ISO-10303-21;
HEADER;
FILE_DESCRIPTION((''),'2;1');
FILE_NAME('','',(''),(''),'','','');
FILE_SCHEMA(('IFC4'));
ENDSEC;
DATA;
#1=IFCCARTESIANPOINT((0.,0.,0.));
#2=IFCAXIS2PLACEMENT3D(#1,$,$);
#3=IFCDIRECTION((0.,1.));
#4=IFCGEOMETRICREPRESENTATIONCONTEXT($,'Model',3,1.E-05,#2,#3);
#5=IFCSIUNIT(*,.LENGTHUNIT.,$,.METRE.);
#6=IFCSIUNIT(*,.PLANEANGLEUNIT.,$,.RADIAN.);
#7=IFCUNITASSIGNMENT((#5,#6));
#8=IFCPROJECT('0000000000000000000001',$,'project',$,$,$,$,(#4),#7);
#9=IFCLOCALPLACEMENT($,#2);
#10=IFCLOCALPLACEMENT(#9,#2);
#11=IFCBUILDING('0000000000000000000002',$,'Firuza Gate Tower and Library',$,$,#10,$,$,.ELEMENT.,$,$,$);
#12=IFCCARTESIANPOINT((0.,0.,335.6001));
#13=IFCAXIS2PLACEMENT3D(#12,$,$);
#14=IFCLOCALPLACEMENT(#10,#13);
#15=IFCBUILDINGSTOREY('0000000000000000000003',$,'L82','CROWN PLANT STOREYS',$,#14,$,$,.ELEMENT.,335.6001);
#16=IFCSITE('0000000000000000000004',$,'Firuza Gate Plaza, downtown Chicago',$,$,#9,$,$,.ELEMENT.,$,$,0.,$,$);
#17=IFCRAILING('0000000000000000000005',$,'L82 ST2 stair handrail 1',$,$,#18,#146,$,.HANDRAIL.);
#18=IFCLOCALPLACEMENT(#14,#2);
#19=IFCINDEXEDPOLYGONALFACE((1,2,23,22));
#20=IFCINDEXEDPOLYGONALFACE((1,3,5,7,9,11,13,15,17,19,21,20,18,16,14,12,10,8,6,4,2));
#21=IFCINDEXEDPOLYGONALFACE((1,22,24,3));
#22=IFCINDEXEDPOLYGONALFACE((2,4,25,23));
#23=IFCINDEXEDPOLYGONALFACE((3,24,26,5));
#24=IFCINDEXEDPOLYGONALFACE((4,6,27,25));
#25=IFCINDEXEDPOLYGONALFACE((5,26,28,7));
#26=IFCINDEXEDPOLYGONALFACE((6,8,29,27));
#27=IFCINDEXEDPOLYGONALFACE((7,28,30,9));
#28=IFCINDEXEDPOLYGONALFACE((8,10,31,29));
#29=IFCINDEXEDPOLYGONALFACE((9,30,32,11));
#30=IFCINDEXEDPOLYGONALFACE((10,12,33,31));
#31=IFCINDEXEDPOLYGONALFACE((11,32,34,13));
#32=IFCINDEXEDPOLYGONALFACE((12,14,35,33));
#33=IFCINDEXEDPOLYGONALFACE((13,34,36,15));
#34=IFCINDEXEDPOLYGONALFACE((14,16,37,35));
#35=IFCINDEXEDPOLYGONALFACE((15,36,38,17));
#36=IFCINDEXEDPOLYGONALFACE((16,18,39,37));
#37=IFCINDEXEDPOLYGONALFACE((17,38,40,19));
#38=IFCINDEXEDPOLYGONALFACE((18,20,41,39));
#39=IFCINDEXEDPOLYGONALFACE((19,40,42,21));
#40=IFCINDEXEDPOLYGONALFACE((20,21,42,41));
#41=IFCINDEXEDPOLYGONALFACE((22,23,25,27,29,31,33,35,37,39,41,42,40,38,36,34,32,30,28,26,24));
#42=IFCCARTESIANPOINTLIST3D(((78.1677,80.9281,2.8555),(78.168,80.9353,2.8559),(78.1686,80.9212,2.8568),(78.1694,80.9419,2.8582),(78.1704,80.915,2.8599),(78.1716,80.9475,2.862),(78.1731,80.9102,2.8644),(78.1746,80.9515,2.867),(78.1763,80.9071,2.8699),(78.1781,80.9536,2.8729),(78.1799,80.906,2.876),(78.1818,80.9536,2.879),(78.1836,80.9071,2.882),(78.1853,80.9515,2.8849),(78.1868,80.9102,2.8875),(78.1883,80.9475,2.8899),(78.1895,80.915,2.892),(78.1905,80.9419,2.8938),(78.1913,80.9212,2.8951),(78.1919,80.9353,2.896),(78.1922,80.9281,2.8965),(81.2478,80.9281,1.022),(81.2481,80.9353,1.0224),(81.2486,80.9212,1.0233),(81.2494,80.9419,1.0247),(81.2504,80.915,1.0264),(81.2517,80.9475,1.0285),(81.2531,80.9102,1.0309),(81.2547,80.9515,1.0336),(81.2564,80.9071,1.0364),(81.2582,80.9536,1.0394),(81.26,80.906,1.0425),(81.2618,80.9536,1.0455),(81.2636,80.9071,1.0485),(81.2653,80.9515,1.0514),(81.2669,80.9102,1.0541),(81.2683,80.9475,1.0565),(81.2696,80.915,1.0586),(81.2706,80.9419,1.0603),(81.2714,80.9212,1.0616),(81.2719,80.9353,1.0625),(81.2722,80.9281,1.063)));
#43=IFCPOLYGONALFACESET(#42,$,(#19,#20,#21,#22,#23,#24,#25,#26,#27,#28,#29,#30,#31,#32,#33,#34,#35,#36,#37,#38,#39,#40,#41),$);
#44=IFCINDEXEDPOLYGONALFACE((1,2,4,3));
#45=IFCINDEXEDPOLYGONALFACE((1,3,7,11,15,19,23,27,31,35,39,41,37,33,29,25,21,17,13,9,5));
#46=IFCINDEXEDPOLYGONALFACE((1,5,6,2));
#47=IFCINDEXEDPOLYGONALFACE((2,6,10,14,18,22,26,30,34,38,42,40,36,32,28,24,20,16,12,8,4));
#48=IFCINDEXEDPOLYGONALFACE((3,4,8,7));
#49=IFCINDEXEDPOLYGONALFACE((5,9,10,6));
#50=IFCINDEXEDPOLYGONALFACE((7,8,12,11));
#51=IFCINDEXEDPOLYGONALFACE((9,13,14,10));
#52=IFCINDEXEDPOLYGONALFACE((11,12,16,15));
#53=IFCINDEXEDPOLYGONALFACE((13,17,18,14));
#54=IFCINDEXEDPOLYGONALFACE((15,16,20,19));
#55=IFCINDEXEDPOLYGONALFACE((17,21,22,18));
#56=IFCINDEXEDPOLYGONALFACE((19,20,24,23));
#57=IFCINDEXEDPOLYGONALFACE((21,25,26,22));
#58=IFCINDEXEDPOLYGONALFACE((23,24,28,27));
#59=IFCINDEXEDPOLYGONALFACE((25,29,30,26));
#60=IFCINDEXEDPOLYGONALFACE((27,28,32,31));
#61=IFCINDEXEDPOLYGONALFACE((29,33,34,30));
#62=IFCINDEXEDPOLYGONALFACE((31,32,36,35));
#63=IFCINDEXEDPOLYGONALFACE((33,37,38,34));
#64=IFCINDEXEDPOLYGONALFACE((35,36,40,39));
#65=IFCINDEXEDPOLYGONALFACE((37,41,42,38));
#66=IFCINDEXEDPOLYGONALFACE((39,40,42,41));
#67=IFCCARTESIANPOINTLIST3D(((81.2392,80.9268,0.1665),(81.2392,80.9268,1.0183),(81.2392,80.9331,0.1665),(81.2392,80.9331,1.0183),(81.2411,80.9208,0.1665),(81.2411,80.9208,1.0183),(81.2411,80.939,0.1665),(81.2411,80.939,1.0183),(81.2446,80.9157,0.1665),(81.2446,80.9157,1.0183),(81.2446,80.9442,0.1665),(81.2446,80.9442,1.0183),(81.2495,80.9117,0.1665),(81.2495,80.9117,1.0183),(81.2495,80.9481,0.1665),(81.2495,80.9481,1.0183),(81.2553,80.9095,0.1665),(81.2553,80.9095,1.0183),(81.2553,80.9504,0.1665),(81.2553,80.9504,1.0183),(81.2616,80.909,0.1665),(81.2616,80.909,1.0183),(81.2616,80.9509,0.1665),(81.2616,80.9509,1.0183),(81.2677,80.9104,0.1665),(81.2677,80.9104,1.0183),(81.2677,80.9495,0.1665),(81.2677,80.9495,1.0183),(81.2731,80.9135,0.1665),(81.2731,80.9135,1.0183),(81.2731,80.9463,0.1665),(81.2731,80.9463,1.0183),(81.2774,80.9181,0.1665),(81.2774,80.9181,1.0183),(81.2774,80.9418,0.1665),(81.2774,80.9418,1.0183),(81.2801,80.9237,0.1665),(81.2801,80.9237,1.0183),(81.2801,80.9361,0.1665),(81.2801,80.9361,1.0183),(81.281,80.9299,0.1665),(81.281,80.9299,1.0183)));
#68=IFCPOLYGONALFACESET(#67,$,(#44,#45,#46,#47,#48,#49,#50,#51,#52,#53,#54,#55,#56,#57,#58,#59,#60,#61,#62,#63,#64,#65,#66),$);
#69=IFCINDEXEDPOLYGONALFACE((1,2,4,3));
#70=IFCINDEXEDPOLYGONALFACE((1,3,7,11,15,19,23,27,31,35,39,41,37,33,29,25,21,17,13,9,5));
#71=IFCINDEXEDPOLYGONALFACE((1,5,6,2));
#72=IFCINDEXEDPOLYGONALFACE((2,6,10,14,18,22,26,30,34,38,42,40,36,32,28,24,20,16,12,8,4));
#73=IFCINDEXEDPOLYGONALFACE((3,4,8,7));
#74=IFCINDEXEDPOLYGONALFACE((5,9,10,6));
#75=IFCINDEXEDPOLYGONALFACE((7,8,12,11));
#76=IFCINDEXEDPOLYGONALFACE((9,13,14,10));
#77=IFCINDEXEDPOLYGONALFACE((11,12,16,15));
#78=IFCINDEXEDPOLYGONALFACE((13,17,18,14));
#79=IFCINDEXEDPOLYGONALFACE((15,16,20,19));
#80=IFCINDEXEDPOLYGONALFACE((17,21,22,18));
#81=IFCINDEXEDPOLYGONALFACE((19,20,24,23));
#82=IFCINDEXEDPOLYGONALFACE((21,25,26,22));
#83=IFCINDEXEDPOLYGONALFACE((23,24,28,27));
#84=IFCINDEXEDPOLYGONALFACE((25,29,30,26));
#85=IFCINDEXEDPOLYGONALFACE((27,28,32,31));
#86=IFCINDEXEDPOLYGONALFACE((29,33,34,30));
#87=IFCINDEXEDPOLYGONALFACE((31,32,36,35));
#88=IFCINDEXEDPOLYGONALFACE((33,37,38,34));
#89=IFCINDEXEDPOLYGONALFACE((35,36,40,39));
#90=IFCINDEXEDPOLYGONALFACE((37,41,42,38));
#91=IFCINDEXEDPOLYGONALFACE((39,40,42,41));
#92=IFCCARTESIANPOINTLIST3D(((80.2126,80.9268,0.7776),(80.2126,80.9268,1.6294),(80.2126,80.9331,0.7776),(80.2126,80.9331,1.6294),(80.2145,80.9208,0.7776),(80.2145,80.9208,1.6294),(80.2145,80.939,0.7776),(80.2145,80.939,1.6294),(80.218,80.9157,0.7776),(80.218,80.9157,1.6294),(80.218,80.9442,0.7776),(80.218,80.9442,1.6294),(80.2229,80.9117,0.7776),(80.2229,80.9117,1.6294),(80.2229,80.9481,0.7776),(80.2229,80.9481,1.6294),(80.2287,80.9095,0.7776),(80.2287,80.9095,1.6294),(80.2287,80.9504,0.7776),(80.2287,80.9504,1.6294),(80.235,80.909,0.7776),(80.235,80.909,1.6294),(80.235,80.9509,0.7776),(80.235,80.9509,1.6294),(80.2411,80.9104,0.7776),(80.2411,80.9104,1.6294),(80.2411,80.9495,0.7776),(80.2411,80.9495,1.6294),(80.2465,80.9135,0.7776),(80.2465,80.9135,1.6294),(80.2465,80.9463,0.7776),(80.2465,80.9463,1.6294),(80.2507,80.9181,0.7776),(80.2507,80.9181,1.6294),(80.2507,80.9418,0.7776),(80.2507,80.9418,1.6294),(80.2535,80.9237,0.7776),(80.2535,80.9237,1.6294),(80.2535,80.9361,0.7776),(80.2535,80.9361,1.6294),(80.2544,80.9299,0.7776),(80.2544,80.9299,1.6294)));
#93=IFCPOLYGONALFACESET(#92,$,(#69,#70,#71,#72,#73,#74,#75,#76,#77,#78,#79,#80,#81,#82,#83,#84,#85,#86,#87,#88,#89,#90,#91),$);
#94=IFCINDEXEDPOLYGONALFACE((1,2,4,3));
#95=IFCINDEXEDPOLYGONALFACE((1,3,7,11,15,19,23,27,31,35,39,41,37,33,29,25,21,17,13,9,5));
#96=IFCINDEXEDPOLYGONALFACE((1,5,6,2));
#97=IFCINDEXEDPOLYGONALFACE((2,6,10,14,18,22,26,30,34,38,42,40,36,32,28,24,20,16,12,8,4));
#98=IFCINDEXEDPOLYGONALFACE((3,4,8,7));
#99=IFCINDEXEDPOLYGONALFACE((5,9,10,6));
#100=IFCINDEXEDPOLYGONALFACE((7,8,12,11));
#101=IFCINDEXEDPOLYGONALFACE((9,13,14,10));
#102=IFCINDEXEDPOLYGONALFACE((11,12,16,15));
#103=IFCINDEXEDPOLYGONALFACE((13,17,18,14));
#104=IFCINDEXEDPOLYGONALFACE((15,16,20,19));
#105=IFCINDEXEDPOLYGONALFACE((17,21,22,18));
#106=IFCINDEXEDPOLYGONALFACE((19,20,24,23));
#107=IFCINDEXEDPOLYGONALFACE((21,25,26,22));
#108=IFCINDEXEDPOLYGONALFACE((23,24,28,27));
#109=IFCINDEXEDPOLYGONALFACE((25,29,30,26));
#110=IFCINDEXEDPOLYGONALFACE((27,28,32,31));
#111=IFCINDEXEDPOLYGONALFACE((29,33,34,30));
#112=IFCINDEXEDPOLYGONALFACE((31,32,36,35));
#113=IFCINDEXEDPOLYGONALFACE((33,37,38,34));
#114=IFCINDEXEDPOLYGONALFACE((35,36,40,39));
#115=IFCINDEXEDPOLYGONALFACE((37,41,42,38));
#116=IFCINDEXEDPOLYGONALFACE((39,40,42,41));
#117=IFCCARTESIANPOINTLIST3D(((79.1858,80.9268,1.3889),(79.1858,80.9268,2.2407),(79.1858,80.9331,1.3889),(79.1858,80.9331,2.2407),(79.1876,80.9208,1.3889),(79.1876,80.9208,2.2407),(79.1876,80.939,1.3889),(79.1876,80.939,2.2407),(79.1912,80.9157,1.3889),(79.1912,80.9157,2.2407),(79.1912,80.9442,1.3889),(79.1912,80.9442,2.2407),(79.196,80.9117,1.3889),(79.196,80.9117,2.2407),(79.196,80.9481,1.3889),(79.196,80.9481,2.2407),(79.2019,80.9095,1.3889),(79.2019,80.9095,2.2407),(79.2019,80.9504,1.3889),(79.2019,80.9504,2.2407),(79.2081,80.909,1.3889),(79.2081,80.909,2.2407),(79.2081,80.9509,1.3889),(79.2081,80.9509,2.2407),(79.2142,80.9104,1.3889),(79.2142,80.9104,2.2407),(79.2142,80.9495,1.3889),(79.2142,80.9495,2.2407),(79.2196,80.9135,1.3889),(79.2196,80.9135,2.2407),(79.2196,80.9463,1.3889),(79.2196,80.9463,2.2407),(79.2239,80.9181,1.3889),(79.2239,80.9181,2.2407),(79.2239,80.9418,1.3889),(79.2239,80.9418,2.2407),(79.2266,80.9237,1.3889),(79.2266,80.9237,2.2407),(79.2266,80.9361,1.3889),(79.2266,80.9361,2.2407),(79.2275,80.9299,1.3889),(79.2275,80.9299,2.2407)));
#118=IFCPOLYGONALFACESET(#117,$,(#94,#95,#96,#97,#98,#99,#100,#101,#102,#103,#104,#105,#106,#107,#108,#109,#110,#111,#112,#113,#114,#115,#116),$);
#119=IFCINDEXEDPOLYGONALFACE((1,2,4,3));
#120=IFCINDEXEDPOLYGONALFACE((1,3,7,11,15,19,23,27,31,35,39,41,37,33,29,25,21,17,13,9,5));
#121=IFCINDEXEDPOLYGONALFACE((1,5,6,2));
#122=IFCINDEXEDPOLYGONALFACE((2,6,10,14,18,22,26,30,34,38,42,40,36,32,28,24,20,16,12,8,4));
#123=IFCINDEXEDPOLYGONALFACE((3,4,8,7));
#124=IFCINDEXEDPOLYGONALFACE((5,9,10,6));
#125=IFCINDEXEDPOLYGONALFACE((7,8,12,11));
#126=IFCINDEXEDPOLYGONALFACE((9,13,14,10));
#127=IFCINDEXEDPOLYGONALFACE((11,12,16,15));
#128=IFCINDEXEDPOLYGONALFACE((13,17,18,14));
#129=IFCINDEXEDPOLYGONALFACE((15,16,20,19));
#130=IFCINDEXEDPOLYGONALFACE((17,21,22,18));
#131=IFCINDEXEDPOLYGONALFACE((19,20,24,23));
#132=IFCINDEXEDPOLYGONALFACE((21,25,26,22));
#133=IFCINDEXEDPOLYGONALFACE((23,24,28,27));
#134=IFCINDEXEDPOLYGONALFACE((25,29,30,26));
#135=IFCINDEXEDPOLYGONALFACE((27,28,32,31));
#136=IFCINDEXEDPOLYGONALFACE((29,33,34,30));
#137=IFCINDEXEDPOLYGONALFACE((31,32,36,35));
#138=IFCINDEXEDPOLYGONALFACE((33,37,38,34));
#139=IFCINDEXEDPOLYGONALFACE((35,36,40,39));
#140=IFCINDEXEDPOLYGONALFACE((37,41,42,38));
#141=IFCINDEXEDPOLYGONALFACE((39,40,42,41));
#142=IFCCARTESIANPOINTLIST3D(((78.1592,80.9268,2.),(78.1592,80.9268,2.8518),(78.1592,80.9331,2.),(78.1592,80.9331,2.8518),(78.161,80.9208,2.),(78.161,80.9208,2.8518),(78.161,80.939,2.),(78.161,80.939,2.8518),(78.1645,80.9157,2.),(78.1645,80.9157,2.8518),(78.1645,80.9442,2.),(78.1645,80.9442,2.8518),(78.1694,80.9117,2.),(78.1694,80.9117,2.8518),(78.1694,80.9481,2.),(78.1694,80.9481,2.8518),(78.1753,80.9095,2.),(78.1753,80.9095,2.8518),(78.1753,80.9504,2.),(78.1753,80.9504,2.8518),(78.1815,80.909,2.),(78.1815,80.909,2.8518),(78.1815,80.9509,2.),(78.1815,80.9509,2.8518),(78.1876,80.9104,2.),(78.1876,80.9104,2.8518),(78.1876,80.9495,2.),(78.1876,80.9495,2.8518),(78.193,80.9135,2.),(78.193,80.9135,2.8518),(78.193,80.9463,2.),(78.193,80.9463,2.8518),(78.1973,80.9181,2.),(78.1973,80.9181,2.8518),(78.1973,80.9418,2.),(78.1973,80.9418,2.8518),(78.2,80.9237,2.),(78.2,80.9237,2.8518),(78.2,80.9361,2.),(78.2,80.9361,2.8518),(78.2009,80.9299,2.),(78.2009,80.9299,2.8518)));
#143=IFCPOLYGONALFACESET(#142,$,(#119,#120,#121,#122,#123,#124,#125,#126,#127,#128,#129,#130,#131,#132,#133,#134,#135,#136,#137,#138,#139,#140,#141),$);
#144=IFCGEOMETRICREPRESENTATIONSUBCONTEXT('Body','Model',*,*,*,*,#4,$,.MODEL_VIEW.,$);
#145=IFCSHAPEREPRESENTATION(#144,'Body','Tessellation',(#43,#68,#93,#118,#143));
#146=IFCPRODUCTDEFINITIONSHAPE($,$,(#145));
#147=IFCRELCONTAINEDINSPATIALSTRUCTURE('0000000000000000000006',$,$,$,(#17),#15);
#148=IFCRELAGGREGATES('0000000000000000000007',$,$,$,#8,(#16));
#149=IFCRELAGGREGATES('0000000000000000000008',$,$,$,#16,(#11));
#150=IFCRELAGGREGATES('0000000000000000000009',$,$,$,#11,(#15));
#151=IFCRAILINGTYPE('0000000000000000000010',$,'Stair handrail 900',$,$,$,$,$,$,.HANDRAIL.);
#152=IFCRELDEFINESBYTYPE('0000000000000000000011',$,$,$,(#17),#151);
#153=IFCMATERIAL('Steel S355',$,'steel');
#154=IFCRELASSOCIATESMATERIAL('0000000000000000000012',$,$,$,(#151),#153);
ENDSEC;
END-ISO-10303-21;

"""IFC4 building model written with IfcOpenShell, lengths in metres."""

from ifc_helpers import new_model, si_unit, direction, frame, origin, origin_2d, place, context, subcontext, project, spatial, circle, extrude, material, type_object, element, save


model = new_model("IFC4")

# Units and contexts
model_context = context("Model", 3, precision=1e-05, world=origin(), true_north=direction((0.0, 1.0)))
body_context = subcontext(model_context, "Body", "Model", "MODEL_VIEW")
ifc_project = project(units=[si_unit("LENGTHUNIT", "METRE"), si_unit("PLANEANGLEUNIT", "RADIAN")], contexts=[model_context])

# Site, building, storey
site_placement = place(None, origin())
site = spatial("IfcSite", under=ifc_project, at=site_placement, Name="Firuza Gate Plaza, downtown Chicago", CompositionType="ELEMENT", RefElevation=0.0)
building_placement = place(site_placement, origin())
building = spatial("IfcBuilding", under=site, at=building_placement, Name="Firuza Gate Tower and Library", CompositionType="ELEMENT")
storey_placement = place(building_placement, frame((0.0, 0.0, 335.6001)))
storey = spatial("IfcBuildingStorey", under=building, at=storey_placement, Name="L82", Description="CROWN PLANT STOREYS", CompositionType="ELEMENT", Elevation=335.6001)

# Railing
ifc_material_1 = material(Name="Steel S355", Category="steel")
railing_type_1 = type_object("IfcRailingType", Name="Stair handrail 900", PredefinedType="HANDRAIL", material=ifc_material_1)
railing_1_placement = place(storey_placement, frame((81.26, 80.9299, 0.1665)))
element("IfcRailing", 1, at=railing_1_placement, inside=storey, type_object=railing_type_1, Name="L82 ST2 stair handrail 1", PredefinedType="HANDRAIL", context=body_context, shape_type="SweptSolid", body=[
    extrude(circle(Radius=0.0239, at=origin_2d()), frame((0.0, 0.0, 0.876), z_axis=(-0.859279, 0.0, 0.511508), x_axis=(0.0, -1.0, 0.0)), (0.0, 0.0, 1.0), 3.5845),
    extrude(circle(Radius=0.021, at=origin_2d()), origin(), (0.0, 0.0, 1.0), 0.8518),
    extrude(circle(Radius=0.021, at=origin_2d()), frame((-1.0266, 0.0, 0.6111)), (0.0, 0.0, 1.0), 0.8518),
    extrude(circle(Radius=0.021, at=origin_2d()), frame((-2.0535, 0.0, 1.2224)), (0.0, 0.0, 1.0), 0.8518),
    extrude(circle(Radius=0.021, at=origin_2d()), frame((-3.0801, 0.0, 1.8335)), (0.0, 0.0, 1.0), 0.8518),
])

save(model, "model.ifc")
